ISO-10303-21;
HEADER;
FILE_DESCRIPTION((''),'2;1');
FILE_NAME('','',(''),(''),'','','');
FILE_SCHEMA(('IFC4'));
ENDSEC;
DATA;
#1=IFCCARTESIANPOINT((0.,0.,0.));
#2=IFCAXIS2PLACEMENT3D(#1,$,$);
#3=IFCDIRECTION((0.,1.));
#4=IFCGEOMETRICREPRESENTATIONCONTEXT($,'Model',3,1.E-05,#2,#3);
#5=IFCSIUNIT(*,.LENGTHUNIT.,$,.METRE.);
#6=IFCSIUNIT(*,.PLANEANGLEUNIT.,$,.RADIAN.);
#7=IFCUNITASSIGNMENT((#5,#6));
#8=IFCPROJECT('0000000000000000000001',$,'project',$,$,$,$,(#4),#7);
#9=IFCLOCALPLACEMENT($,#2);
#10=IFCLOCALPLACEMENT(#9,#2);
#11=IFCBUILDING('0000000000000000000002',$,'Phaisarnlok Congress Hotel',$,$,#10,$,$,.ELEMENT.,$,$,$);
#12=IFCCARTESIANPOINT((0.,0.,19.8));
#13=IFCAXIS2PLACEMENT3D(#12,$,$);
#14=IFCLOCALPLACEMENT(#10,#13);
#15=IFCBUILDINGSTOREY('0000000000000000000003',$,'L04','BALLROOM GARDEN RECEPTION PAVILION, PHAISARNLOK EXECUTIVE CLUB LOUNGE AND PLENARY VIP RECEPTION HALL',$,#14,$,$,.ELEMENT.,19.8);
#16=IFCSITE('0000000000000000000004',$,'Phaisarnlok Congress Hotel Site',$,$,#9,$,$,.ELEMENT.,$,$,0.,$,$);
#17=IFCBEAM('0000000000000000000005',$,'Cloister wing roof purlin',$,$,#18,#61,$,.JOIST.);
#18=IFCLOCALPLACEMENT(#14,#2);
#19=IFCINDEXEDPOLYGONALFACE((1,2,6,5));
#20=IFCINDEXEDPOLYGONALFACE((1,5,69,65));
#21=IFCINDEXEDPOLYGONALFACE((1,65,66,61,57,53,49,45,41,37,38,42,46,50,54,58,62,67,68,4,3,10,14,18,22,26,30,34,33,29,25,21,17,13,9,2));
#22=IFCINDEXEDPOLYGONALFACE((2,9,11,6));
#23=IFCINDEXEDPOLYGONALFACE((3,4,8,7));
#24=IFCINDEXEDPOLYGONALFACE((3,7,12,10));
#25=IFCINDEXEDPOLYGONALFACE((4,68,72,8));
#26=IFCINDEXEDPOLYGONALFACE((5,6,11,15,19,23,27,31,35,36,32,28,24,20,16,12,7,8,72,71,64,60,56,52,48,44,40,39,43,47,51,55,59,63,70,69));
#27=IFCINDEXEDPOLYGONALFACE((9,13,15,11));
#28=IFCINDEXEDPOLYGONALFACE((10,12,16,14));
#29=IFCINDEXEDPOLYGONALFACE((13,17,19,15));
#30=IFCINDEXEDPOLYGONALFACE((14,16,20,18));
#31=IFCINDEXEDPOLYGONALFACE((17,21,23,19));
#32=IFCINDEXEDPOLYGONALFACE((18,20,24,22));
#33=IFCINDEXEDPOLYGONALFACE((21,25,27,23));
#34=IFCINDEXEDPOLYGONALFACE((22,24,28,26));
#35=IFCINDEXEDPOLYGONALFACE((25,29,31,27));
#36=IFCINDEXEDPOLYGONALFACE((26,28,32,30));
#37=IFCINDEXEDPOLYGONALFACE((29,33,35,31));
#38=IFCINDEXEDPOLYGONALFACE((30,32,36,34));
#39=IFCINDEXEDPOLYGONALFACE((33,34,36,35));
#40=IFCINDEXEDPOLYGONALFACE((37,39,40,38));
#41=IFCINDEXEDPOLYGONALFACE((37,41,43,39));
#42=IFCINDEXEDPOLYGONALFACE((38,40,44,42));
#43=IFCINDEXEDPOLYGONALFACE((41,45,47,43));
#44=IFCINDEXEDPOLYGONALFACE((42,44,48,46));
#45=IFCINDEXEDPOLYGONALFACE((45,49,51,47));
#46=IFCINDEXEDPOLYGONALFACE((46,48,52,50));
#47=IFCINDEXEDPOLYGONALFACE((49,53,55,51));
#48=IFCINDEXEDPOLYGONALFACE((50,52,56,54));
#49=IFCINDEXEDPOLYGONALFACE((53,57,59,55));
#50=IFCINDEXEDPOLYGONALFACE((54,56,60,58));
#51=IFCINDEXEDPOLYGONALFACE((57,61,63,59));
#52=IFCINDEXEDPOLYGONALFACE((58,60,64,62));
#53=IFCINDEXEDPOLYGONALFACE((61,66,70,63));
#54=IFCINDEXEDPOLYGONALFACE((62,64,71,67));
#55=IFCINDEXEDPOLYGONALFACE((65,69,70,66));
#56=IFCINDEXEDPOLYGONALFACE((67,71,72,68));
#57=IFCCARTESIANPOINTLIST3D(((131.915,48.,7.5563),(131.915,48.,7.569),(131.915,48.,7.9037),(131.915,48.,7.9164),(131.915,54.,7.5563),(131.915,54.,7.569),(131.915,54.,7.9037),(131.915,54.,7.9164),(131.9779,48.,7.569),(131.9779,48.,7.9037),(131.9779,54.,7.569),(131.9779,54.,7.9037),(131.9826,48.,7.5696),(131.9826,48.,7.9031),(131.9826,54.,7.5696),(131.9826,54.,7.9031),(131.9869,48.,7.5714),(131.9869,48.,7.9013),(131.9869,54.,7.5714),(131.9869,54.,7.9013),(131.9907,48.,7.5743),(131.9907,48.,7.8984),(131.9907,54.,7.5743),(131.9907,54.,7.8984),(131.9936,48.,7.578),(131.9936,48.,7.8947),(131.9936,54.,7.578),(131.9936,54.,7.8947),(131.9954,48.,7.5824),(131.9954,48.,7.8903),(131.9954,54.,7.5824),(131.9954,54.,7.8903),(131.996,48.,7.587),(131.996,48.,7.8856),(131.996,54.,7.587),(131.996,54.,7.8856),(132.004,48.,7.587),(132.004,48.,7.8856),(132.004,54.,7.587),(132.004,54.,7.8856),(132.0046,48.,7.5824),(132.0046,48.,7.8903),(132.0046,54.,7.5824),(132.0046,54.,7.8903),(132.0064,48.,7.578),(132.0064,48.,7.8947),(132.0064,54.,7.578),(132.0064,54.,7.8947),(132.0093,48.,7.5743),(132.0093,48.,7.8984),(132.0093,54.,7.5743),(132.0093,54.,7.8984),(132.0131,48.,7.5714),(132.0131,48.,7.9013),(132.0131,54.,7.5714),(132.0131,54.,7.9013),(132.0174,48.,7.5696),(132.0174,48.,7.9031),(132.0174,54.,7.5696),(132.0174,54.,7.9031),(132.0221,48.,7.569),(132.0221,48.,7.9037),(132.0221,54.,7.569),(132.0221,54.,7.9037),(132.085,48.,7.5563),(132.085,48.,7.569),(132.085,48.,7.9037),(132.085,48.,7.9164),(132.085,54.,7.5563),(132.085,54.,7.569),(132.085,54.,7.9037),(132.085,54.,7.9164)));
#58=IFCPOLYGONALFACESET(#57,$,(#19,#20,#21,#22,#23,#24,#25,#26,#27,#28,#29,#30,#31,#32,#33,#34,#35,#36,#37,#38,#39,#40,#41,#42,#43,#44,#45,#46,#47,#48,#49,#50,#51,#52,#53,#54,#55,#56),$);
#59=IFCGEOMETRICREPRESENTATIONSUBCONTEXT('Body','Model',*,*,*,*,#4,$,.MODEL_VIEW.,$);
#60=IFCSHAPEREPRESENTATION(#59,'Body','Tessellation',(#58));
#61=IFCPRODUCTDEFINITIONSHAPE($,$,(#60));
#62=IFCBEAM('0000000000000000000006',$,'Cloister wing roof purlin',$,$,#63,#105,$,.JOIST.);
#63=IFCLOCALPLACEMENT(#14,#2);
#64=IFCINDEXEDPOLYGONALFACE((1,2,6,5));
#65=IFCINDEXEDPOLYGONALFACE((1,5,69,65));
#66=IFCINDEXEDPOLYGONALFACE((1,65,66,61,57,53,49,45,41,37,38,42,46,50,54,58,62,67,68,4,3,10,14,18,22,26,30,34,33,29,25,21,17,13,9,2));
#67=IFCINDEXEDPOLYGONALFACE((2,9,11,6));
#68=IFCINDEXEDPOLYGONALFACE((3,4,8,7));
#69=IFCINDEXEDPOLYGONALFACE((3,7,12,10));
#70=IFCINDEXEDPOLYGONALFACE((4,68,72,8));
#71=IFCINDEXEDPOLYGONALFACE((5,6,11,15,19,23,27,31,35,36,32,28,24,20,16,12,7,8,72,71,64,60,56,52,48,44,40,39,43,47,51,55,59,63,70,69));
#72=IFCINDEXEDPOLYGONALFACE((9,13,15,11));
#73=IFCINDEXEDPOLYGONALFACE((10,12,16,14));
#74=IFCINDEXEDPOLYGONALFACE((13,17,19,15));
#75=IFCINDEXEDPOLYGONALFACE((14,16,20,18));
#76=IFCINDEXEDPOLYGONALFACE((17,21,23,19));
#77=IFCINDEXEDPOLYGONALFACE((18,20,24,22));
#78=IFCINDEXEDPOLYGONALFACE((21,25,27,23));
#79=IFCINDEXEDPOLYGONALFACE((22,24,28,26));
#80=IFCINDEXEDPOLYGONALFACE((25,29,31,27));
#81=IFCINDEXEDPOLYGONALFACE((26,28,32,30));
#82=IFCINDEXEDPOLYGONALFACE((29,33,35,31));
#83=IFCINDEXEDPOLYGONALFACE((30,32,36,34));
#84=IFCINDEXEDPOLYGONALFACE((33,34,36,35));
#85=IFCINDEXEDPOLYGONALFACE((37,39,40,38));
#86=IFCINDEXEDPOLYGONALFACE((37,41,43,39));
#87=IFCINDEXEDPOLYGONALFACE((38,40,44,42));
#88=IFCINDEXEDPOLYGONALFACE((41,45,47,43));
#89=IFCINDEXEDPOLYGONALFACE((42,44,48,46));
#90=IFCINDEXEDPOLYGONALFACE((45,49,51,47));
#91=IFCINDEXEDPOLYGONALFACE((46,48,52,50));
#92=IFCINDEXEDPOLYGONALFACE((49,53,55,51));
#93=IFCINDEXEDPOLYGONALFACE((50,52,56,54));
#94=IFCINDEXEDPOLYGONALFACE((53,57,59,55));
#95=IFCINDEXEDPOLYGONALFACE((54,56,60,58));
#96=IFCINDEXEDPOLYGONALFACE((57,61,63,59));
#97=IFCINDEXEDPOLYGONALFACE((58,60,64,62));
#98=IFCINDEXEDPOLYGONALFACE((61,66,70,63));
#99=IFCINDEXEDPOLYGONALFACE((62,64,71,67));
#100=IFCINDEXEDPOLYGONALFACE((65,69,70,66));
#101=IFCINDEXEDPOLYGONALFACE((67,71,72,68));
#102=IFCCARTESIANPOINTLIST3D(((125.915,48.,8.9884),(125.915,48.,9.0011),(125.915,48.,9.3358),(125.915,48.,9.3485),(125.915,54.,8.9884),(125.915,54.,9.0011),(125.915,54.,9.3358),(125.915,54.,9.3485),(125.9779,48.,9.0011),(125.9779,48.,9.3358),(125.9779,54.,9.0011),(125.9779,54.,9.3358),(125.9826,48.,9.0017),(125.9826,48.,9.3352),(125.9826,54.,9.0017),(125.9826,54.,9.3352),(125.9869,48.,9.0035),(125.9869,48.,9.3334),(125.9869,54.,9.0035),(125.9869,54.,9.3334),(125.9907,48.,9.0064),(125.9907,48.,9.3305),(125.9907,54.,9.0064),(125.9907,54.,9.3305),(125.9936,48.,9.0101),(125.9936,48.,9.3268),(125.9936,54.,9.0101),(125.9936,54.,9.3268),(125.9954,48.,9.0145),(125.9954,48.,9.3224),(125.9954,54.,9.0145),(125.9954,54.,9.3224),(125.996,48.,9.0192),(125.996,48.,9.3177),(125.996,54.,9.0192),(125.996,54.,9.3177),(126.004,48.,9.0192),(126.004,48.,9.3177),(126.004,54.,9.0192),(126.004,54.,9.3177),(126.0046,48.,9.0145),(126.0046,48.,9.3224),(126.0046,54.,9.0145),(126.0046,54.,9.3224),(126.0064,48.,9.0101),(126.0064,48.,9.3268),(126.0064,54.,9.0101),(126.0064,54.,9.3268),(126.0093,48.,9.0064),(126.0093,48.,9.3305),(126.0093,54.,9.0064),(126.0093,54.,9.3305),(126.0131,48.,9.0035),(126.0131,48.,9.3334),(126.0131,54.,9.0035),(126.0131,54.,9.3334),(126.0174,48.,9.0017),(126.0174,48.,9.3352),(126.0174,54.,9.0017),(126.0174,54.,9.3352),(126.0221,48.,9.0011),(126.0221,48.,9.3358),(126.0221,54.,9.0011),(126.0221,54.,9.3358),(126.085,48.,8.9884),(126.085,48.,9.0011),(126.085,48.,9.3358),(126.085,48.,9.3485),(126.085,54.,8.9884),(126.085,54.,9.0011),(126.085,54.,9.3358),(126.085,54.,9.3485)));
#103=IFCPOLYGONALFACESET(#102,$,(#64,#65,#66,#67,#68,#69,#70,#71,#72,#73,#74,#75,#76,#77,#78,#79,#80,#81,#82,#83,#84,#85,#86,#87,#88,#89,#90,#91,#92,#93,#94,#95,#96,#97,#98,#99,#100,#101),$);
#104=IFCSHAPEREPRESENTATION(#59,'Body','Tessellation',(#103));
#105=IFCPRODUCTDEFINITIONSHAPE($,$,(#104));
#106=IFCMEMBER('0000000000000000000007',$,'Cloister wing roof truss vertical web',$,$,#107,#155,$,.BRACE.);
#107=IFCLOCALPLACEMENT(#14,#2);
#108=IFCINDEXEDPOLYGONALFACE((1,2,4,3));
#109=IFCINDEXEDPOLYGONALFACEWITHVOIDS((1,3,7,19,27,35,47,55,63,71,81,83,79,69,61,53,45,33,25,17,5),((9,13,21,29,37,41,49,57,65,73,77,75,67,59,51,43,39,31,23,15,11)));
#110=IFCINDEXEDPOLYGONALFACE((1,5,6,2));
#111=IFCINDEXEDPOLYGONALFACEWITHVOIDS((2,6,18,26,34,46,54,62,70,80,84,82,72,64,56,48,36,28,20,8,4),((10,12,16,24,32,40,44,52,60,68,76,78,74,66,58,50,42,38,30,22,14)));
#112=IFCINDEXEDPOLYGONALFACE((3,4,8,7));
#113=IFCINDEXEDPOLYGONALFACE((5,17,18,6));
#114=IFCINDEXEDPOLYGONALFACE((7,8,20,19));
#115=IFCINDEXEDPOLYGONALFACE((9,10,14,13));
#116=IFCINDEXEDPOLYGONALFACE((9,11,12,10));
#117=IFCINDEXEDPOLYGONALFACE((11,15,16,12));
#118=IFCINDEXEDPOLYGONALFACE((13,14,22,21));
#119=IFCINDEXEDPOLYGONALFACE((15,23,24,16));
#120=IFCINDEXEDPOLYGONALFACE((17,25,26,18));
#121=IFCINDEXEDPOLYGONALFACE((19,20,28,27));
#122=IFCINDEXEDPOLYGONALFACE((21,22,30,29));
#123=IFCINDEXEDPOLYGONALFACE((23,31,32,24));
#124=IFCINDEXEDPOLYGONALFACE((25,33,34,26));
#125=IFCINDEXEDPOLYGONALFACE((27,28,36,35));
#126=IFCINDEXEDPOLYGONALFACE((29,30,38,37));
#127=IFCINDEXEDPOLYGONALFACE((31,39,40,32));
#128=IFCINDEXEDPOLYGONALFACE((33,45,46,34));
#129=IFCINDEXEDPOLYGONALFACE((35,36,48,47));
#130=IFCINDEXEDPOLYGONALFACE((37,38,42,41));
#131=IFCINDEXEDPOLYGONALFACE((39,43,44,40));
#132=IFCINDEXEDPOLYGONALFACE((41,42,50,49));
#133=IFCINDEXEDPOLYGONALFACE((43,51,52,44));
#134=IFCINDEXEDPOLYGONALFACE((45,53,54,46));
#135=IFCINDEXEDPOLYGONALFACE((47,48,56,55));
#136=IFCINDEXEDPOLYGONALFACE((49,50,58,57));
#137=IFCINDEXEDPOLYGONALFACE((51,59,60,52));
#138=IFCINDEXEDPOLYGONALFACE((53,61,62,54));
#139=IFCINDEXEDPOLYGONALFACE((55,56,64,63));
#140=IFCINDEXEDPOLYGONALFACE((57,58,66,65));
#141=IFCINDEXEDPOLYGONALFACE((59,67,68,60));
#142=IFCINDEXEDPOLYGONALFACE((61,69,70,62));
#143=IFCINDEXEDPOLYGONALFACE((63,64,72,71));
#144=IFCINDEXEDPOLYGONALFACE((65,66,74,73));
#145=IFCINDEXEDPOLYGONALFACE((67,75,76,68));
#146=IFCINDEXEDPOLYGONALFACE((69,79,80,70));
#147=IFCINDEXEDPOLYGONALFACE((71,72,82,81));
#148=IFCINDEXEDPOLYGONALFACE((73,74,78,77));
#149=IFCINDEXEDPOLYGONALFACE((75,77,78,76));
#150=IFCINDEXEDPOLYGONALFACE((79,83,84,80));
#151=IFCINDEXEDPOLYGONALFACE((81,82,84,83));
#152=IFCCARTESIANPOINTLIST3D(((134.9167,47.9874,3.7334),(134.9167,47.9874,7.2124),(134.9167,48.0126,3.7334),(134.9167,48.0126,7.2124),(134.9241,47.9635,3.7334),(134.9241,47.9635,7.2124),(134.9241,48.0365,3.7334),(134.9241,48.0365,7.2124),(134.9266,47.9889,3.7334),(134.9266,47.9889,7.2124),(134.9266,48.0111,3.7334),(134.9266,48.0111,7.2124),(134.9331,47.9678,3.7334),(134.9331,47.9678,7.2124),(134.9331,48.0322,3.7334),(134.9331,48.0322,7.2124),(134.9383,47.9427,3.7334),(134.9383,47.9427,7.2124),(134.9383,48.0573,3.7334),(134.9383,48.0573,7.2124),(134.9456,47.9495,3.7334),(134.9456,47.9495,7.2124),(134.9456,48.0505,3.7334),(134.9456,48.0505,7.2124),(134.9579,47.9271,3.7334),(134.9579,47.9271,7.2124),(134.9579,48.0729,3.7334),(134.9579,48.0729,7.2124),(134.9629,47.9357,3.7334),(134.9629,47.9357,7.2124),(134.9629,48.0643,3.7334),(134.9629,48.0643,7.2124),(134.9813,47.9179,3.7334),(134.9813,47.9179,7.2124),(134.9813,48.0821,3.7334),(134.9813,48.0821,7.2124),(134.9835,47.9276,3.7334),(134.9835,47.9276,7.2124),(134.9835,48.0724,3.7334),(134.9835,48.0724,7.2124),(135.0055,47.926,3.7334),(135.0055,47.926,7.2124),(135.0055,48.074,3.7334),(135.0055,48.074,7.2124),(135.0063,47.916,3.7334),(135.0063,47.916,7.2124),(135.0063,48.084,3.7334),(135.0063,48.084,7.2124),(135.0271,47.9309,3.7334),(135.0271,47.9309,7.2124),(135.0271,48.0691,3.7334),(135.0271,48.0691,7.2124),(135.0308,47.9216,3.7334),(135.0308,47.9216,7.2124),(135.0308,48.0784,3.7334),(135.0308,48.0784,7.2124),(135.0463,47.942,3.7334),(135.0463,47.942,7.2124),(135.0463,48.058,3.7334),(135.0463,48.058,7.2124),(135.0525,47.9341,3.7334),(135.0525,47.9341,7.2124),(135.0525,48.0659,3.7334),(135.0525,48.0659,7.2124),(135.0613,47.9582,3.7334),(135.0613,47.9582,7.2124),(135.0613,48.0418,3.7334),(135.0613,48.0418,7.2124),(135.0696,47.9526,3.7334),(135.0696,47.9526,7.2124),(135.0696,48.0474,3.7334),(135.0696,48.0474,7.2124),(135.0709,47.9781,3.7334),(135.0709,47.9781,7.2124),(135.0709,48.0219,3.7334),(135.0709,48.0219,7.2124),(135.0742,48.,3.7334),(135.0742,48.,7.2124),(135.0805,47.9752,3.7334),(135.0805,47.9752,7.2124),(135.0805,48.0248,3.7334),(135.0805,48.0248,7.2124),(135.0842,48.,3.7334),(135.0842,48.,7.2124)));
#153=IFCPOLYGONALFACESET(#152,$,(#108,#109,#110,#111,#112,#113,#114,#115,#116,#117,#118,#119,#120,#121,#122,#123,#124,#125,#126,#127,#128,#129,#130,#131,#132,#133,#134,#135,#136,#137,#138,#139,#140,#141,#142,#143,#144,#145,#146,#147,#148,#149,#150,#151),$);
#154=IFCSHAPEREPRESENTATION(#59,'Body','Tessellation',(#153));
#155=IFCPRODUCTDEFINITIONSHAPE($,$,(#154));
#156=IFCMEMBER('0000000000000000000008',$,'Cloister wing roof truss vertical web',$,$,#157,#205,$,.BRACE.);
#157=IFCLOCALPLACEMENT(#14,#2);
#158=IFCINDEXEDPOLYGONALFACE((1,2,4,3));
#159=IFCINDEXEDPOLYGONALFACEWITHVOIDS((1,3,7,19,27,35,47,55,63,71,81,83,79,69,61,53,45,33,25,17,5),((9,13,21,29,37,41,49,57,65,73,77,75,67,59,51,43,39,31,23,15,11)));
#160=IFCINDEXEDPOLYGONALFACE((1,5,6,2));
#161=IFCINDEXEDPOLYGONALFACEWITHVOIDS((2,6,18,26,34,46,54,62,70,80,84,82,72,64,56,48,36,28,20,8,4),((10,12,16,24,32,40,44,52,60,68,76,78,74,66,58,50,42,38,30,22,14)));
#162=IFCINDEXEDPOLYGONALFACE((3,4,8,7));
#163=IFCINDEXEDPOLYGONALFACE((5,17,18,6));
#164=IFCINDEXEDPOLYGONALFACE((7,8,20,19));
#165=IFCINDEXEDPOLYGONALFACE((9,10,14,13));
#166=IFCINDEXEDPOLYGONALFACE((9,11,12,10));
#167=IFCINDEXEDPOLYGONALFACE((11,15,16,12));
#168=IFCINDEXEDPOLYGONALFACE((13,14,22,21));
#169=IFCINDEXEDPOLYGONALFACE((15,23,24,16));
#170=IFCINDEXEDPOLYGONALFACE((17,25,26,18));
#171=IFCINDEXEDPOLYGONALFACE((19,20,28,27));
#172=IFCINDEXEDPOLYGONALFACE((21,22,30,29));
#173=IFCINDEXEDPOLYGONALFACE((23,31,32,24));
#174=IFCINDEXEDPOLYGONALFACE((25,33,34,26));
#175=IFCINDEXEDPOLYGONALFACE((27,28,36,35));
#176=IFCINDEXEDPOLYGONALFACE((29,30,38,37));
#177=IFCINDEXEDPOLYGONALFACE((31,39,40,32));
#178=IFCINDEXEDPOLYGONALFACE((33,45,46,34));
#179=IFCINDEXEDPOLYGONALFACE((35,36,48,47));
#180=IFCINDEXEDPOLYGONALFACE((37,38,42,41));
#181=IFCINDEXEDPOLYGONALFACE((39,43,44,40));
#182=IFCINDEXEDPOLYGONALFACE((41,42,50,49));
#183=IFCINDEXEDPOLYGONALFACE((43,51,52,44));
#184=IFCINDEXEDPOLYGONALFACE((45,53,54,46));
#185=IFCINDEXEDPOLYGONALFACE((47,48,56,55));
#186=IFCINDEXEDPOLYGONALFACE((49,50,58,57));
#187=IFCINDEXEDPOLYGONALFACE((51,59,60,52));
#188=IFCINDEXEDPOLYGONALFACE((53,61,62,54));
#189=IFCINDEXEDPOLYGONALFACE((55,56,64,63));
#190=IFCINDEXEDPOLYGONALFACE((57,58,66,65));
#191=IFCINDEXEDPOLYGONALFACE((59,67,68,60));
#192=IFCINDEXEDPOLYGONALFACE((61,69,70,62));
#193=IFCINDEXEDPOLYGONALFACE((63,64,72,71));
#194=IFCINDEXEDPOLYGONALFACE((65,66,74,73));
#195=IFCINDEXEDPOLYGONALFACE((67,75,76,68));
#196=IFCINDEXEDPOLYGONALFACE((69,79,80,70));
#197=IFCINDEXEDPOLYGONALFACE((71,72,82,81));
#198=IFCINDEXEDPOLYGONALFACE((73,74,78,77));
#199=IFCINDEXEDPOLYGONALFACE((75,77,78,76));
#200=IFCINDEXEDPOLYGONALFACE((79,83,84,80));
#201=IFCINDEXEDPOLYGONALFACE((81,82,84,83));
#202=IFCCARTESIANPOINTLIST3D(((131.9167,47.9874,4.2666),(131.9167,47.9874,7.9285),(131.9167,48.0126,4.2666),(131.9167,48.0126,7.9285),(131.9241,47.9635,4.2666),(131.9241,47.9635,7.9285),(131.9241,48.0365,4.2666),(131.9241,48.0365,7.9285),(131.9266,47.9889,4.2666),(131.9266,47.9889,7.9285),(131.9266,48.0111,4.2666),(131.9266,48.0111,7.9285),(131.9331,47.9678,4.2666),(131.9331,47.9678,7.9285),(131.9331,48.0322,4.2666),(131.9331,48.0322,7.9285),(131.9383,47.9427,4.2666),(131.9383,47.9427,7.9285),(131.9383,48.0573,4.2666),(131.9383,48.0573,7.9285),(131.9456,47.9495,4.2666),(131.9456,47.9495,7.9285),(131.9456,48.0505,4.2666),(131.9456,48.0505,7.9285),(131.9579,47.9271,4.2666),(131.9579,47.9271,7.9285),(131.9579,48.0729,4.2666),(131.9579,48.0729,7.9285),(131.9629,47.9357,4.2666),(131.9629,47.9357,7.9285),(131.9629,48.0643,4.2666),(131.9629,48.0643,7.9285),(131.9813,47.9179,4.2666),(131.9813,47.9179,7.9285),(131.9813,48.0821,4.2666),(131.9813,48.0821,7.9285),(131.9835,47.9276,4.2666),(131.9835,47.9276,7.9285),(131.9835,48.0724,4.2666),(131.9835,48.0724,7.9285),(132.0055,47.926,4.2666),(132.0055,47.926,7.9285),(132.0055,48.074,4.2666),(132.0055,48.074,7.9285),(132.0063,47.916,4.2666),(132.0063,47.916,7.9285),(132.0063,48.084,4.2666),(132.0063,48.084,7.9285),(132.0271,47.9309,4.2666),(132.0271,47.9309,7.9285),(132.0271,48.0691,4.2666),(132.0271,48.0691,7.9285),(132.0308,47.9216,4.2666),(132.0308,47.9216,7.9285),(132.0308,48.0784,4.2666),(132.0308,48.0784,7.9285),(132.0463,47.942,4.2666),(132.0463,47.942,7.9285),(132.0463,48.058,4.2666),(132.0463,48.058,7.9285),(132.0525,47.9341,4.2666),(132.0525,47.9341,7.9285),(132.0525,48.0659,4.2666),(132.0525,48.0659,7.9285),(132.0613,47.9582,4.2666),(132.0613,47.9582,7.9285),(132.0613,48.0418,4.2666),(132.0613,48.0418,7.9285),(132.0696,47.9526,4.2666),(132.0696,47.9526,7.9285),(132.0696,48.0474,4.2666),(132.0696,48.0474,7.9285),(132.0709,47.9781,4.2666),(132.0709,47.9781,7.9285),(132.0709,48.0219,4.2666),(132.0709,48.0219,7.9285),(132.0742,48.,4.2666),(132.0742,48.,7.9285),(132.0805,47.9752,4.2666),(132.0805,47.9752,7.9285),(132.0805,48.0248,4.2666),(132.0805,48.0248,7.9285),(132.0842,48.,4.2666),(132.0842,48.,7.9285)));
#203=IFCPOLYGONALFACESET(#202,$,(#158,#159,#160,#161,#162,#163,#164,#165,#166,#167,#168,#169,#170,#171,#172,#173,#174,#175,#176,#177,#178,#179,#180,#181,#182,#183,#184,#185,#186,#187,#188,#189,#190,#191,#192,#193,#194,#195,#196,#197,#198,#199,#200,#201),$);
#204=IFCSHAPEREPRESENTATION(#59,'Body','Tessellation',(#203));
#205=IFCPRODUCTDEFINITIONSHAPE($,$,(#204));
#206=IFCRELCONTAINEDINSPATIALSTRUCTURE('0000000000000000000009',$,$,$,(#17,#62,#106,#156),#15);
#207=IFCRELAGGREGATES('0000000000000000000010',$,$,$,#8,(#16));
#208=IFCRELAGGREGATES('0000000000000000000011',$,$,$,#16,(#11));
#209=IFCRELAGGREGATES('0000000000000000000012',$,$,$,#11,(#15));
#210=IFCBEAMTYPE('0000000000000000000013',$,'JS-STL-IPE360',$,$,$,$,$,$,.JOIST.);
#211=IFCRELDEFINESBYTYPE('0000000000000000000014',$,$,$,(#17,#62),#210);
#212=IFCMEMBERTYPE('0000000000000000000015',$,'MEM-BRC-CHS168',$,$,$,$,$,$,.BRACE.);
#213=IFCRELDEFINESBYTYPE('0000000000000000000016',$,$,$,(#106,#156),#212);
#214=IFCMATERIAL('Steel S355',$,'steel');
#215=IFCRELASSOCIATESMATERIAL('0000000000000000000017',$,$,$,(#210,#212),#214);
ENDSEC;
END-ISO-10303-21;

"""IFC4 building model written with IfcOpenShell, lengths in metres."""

from ifc_helpers import new_model, si_unit, direction, frame, origin, origin_2d, place, context, subcontext, project, spatial, hollow_circle, i_section, extrude, material, material_profile, profile_set, type_object, element, save


model = new_model("IFC4")

# Units and contexts
model_context = context("Model", 3, precision=1e-05, world=origin(), true_north=direction((0.0, 1.0)))
body_context = subcontext(model_context, "Body", "Model", "MODEL_VIEW")
ifc_project = project(units=[si_unit("LENGTHUNIT", "METRE"), si_unit("PLANEANGLEUNIT", "RADIAN")], contexts=[model_context])

# Site, building, storey
site_placement = place(None, origin())
site = spatial("IfcSite", under=ifc_project, at=site_placement, Name="Phaisarnlok Congress Hotel Site", CompositionType="ELEMENT", RefElevation=0.0)
building_placement = place(site_placement, origin())
building = spatial("IfcBuilding", under=site, at=building_placement, Name="Phaisarnlok Congress Hotel", CompositionType="ELEMENT")
storey_placement = place(building_placement, frame((0.0, 0.0, 19.8)))
storey = spatial("IfcBuildingStorey", under=building, at=storey_placement, Name="L04", Description="BALLROOM GARDEN RECEPTION PAVILION, PHAISARNLOK EXECUTIVE CLUB LOUNGE AND PLENARY VIP RECEPTION HALL", CompositionType="ELEMENT", Elevation=19.8)

# Beams
ifc_material_1 = material(Name="Steel S355", Category="steel")
ifc_material_profile_1 = material_profile(ifc_material_1, i_section(OverallWidth=0.1699, OverallDepth=0.3601, WebThickness=0.0081, FlangeThickness=0.0127, FilletRadius=0.0181, at=origin_2d()), Name="IPE 360")
ifc_profile_set_1 = profile_set([ifc_material_profile_1], Name="Steel S355")
beam_type = type_object("IfcBeamType", Name="JS-STL-IPE360", PredefinedType="JOIST", material=ifc_profile_set_1)
for number, where, z_axis, x_axis, name in (
    (1, (132.0, 48.0, 7.7363), (0.0, 1.0, 0.0), (-1.0, 0.0, 0.0), "Cloister wing roof purlin"),
    (2, (126.0, 48.0, 9.1685), (0.0, 1.0, 0.0), (-1.0, 0.0, 0.0), "Cloister wing roof purlin"),
):
    element("IfcBeam", number, at=place(storey_placement, frame(where, z_axis=z_axis, x_axis=x_axis)), inside=storey, type_object=beam_type, Name=name, PredefinedType="JOIST", context=body_context, shape_type="SweptSolid", body=[
        extrude(i_section(OverallWidth=0.1699, OverallDepth=0.3601, WebThickness=0.0081, FlangeThickness=0.0127, FilletRadius=0.0181, at=origin_2d()), origin(), (0.0, 0.0, 1.0), 6.0),
    ])

# Members
ifc_material_profile_2 = material_profile(ifc_material_1, hollow_circle(Radius=0.0842, WallThickness=0.01, at=origin_2d()), Name="CHS 168.3x10")
ifc_profile_set_2 = profile_set([ifc_material_profile_2], Name="Steel S355")
member_type_1 = type_object("IfcMemberType", Name="MEM-BRC-CHS168", PredefinedType="BRACE", material=ifc_profile_set_2)
member_1_placement = place(storey_placement, frame((135.0, 48.0, 3.7334), z_axis=(0.0, 0.0, 1.0), x_axis=(1.0, 0.0, 0.0)))
element("IfcMember", 3, at=member_1_placement, inside=storey, type_object=member_type_1, Name="Cloister wing roof truss vertical web", PredefinedType="BRACE", context=body_context, shape_type="SweptSolid", body=[
    extrude(hollow_circle(Radius=0.0842, WallThickness=0.01, at=origin_2d()), origin(), (0.0, 0.0, 1.0), 3.479),
])
member_2_placement = place(storey_placement, frame((132.0, 48.0, 4.2666), z_axis=(0.0, 0.0, 1.0), x_axis=(1.0, 0.0, 0.0)))
element("IfcMember", 4, at=member_2_placement, inside=storey, type_object=member_type_1, Name="Cloister wing roof truss vertical web", PredefinedType="BRACE", context=body_context, shape_type="SweptSolid", body=[
    extrude(hollow_circle(Radius=0.0842, WallThickness=0.01, at=origin_2d()), origin(), (0.0, 0.0, 1.0), 3.6619),
])

save(model, "model.ifc")
